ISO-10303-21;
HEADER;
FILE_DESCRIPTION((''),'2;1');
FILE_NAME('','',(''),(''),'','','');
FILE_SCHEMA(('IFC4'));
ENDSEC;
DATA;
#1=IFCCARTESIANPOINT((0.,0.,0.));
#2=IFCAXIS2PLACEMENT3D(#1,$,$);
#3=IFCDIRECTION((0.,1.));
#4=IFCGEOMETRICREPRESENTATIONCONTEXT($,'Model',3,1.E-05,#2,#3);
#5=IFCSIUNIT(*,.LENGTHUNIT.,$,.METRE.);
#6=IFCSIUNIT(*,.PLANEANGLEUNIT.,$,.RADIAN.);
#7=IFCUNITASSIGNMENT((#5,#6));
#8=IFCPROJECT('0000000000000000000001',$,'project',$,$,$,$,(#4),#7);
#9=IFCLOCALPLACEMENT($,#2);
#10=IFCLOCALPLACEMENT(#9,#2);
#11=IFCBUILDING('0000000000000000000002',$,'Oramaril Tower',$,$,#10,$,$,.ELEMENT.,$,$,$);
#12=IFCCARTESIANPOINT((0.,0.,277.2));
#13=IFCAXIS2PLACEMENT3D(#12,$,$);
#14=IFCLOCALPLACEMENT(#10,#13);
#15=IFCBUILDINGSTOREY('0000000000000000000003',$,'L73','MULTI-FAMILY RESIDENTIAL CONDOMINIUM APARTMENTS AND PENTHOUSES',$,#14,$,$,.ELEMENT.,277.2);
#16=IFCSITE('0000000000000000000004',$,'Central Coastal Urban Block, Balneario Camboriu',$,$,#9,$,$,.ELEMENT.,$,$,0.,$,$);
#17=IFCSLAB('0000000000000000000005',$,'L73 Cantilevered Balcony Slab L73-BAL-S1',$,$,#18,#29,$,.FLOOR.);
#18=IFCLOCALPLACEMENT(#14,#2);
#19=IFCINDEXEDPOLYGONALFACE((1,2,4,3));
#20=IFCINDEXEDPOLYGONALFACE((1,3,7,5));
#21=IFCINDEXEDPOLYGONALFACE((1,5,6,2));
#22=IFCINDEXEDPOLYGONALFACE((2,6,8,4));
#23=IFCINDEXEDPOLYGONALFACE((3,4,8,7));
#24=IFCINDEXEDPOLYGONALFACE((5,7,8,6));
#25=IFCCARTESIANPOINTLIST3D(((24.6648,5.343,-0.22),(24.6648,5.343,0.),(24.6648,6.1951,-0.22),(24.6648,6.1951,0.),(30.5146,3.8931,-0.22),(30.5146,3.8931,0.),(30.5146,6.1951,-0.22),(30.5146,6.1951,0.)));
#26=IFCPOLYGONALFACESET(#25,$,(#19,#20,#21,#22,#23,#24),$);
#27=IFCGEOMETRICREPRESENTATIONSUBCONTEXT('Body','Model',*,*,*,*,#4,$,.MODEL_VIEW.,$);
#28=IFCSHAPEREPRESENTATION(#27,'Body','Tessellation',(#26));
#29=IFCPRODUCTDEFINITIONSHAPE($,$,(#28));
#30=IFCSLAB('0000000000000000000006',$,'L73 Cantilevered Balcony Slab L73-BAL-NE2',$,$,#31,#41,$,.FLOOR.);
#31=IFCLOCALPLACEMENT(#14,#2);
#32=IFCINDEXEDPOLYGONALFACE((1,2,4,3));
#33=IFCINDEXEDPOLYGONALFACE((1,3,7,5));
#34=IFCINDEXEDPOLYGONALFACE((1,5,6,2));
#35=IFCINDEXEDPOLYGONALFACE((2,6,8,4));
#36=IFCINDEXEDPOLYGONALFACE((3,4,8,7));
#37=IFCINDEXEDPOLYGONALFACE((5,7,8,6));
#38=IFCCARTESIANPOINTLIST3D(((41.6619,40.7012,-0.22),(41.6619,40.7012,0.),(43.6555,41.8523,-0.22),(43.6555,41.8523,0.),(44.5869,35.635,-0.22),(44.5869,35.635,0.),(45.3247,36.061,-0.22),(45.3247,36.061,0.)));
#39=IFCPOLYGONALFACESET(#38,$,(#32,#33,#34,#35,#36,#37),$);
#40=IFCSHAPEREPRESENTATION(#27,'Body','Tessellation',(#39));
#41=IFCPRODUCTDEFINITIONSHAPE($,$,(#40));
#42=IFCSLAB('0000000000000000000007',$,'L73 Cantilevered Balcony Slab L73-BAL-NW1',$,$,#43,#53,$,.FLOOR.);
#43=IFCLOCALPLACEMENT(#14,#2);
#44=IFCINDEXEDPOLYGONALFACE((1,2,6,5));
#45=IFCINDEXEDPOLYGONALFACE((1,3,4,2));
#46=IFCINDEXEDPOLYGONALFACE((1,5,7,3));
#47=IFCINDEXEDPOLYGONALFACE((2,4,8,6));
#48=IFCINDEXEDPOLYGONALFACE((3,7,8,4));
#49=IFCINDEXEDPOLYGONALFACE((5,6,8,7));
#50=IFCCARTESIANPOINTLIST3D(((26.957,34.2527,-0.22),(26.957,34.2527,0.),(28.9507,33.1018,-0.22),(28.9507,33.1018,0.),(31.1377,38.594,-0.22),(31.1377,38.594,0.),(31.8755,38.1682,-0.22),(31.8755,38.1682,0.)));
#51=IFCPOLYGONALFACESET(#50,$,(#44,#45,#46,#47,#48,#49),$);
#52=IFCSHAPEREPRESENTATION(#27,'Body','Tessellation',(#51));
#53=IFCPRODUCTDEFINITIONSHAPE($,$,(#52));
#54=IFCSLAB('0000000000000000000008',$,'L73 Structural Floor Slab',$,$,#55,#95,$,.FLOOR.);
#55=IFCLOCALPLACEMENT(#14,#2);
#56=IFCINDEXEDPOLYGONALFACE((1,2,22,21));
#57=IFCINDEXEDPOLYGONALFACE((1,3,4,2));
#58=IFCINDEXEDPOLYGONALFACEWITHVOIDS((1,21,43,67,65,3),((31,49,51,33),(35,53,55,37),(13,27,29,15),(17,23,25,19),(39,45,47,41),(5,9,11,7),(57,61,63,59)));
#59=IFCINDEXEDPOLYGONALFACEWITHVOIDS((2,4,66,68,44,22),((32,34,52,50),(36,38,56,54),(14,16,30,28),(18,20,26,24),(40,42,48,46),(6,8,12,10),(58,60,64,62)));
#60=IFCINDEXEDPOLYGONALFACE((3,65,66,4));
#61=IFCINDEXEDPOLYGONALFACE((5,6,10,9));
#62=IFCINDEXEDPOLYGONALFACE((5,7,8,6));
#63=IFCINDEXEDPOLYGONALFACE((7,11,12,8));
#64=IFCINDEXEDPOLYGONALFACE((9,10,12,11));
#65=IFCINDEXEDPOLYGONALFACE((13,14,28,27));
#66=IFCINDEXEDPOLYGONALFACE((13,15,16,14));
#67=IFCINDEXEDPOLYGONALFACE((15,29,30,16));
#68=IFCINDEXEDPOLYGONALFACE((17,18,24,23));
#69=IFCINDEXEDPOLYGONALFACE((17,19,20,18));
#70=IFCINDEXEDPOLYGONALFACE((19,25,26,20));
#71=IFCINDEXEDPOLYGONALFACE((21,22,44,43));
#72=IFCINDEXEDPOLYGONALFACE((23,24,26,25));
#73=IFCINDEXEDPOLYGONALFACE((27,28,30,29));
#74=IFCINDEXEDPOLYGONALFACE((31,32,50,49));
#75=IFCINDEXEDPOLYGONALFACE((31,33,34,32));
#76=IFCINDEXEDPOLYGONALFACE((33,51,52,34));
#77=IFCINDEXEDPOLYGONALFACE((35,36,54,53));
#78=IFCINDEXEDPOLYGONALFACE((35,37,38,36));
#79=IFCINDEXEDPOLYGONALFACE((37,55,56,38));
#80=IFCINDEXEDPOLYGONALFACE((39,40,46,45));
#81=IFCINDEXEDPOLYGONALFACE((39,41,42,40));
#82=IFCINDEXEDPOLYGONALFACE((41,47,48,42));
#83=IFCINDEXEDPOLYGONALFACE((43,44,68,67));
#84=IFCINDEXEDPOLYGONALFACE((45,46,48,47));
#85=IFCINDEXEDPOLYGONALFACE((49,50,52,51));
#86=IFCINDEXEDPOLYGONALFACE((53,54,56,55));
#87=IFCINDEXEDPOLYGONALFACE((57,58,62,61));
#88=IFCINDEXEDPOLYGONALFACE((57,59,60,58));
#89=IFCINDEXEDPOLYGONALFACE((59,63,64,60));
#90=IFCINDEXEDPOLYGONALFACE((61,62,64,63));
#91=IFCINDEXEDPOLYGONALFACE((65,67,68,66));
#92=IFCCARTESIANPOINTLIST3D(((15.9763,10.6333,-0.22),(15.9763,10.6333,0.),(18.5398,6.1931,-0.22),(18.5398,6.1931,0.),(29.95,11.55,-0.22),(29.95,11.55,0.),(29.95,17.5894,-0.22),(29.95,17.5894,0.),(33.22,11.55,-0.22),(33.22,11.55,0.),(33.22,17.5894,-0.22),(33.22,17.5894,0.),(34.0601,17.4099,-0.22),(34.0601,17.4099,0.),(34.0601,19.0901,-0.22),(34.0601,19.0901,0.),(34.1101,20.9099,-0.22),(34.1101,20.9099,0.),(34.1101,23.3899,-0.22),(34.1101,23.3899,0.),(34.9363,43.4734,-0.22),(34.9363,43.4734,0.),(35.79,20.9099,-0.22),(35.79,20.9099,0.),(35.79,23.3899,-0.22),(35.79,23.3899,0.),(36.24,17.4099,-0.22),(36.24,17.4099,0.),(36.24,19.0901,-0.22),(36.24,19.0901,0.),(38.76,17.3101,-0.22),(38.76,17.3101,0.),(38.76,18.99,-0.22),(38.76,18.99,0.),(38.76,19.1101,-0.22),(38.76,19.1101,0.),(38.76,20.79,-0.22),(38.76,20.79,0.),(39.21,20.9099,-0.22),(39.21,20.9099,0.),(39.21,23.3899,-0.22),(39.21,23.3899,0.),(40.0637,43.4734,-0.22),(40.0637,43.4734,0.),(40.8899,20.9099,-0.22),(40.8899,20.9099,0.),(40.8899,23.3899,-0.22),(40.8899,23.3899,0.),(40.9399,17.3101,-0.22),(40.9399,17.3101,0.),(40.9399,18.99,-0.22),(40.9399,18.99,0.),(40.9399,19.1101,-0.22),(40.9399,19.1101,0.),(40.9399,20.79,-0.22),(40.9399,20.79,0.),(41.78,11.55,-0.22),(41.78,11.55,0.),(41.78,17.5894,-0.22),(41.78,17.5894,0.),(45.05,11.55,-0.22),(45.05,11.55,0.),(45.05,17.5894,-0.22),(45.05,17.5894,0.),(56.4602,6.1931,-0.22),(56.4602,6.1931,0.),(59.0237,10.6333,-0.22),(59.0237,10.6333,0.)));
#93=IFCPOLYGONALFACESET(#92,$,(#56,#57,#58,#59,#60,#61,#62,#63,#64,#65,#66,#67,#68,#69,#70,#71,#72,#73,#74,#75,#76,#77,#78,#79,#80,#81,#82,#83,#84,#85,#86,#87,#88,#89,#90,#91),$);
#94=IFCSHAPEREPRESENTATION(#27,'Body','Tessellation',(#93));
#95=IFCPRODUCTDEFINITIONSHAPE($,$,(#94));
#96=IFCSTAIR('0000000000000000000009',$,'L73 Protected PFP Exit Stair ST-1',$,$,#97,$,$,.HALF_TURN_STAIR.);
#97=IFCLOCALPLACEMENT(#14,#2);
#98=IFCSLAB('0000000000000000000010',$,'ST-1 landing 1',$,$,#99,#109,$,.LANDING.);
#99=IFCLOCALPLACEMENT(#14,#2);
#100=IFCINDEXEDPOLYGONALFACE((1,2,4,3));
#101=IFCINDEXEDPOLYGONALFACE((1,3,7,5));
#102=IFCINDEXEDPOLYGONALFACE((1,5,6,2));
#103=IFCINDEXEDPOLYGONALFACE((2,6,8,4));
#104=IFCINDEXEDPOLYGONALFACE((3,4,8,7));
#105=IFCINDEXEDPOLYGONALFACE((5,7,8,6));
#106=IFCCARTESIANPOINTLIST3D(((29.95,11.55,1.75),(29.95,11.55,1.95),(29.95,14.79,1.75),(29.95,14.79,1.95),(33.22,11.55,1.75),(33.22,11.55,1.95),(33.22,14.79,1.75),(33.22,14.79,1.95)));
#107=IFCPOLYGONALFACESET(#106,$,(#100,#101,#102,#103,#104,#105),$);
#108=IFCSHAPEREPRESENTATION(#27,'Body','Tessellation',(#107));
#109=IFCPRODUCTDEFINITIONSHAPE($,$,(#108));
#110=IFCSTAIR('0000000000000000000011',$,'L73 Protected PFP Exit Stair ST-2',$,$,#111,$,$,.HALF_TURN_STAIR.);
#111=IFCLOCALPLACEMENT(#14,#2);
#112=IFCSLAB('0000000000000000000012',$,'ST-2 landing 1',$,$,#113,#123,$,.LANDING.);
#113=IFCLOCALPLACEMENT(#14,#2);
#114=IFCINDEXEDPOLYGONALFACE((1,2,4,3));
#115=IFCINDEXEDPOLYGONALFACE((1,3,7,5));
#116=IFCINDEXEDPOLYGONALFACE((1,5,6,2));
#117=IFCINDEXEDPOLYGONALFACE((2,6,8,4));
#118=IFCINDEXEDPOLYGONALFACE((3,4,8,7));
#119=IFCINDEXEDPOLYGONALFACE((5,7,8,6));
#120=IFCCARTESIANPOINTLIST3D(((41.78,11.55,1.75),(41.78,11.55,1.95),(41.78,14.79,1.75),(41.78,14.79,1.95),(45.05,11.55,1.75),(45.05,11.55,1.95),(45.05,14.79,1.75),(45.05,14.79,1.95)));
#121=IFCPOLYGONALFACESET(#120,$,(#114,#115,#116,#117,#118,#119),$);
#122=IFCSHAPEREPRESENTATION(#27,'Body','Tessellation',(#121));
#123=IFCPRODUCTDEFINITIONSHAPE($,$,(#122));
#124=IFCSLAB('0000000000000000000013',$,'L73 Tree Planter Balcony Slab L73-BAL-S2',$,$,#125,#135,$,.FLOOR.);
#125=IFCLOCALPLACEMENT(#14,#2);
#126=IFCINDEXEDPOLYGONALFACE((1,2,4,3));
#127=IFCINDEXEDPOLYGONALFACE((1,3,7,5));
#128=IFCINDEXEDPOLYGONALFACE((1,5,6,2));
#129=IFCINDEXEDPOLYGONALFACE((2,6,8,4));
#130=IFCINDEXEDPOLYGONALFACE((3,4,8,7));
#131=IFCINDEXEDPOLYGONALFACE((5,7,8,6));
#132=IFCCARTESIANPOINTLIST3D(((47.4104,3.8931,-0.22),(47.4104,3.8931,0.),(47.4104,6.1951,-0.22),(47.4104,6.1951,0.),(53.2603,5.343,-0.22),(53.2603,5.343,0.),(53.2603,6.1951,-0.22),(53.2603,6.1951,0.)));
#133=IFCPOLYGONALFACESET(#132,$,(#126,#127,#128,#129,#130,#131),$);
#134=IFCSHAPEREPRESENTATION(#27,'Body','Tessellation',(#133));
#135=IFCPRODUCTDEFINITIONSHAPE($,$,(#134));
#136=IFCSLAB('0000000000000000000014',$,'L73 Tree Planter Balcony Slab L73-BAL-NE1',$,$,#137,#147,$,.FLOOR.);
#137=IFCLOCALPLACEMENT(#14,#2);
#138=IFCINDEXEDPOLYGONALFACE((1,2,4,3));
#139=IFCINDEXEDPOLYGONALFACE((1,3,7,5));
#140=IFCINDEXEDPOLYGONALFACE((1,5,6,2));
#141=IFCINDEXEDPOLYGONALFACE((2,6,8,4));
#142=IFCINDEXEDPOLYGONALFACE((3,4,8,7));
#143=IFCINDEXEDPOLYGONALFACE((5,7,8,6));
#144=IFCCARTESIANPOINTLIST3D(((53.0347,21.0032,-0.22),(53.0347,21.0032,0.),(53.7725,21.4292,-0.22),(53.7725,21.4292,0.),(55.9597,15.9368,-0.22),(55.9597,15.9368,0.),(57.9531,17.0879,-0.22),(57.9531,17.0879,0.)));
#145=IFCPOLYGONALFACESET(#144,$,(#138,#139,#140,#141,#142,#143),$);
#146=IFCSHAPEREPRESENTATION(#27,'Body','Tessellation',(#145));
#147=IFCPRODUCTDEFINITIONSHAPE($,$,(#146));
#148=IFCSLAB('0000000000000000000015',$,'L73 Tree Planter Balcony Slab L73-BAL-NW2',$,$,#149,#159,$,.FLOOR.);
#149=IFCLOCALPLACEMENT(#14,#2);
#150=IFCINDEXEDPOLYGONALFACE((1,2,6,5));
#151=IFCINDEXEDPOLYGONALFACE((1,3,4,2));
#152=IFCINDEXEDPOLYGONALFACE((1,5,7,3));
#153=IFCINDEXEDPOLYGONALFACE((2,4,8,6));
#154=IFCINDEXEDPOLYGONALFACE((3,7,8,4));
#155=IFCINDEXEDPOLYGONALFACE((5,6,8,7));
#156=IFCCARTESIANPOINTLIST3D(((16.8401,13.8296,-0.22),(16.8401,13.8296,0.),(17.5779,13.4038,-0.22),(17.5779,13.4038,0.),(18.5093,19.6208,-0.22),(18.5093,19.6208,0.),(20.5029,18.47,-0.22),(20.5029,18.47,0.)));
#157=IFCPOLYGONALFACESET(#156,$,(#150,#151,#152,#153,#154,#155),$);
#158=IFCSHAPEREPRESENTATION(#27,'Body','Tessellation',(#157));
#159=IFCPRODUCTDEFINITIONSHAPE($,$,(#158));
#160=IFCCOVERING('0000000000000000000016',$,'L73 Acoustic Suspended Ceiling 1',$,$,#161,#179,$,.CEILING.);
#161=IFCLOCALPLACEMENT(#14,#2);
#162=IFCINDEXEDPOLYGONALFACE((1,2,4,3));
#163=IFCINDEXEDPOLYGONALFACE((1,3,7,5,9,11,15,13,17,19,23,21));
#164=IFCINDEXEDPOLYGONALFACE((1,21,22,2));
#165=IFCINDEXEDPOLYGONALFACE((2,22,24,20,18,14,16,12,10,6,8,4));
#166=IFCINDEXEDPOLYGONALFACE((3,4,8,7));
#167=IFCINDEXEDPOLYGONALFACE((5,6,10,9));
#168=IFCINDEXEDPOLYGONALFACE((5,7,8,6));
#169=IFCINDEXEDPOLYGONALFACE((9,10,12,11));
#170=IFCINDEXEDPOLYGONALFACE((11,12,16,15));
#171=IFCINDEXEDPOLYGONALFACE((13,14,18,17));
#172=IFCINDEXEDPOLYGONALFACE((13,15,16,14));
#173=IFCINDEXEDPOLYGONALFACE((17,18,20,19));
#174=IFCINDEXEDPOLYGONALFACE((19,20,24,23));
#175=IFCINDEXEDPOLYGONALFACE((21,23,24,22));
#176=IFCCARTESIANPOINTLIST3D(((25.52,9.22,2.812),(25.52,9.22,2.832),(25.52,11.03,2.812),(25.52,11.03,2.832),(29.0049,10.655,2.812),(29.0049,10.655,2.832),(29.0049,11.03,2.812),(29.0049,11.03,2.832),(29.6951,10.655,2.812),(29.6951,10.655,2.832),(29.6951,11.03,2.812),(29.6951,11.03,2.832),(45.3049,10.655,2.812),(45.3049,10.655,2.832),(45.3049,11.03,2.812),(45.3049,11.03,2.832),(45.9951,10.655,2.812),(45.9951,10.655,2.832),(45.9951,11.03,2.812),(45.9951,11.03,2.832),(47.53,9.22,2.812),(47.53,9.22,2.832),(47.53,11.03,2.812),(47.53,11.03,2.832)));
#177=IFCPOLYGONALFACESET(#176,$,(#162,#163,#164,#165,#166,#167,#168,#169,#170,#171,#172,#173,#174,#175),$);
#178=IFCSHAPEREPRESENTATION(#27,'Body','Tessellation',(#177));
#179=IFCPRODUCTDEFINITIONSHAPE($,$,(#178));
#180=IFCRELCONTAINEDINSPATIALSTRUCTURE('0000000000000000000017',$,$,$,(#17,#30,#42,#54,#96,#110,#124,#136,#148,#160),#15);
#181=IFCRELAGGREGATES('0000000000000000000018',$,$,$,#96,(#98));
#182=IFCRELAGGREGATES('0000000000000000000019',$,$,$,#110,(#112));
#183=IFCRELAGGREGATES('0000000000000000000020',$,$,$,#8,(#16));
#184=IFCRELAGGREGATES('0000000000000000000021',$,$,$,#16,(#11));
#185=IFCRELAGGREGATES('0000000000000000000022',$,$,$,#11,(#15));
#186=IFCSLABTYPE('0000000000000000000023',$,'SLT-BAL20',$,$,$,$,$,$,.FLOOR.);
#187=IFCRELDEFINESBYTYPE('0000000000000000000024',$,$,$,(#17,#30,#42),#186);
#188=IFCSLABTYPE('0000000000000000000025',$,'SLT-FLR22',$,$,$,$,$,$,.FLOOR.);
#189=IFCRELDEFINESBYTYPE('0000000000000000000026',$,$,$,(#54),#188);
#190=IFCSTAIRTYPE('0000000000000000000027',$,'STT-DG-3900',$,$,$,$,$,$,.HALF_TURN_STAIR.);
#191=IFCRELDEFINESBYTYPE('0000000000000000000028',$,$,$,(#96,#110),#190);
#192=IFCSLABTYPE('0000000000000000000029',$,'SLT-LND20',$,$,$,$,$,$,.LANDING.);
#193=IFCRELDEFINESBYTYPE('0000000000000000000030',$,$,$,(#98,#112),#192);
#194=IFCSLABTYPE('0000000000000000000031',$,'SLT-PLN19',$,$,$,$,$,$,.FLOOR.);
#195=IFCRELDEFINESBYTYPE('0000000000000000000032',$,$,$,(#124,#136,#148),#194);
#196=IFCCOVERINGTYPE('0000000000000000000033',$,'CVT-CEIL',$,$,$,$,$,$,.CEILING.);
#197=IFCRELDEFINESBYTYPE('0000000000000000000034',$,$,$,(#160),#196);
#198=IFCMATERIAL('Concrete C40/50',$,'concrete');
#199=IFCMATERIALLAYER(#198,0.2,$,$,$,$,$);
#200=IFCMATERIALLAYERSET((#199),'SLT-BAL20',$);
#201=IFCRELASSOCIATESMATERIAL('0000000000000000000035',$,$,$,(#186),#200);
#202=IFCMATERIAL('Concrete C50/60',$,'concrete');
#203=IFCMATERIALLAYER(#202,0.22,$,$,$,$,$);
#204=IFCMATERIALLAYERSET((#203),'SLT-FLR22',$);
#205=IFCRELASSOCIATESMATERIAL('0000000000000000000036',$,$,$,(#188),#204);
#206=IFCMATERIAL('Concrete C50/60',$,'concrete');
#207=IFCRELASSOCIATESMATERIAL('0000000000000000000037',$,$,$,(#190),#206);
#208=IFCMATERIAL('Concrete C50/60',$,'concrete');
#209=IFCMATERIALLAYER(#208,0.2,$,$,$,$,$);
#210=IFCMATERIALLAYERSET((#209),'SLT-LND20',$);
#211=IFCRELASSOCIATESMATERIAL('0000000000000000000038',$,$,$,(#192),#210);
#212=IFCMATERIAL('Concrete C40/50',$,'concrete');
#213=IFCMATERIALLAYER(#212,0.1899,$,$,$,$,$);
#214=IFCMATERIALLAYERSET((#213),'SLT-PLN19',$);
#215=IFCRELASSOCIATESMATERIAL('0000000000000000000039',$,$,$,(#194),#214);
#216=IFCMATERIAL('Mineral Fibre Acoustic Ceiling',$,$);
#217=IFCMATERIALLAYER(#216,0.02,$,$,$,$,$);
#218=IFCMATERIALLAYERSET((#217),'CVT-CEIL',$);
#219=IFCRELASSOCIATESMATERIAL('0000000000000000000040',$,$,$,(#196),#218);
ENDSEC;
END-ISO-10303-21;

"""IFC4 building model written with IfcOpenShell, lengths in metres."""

from ifc_helpers import new_model, si_unit, direction, frame, origin, place, context, subcontext, project, spatial, polyline, outline, extrude, material, layer, layer_set, type_object, element, aggregate, save


model = new_model("IFC4")

# Units and contexts
model_context = context("Model", 3, precision=1e-05, world=origin(), true_north=direction((0.0, 1.0)))
body_context = subcontext(model_context, "Body", "Model", "MODEL_VIEW")
ifc_project = project(units=[si_unit("LENGTHUNIT", "METRE"), si_unit("PLANEANGLEUNIT", "RADIAN")], contexts=[model_context])

# Site, building, storey
site_placement = place(None, origin())
site = spatial("IfcSite", under=ifc_project, at=site_placement, Name="Central Coastal Urban Block, Balneario Camboriu", CompositionType="ELEMENT", RefElevation=0.0)
building_placement = place(site_placement, origin())
building = spatial("IfcBuilding", under=site, at=building_placement, Name="Oramaril Tower", CompositionType="ELEMENT")
storey_placement = place(building_placement, frame((0.0, 0.0, 277.2)))
storey = spatial("IfcBuildingStorey", under=building, at=storey_placement, Name="L73", Description="MULTI-FAMILY RESIDENTIAL CONDOMINIUM APARTMENTS AND PENTHOUSES", CompositionType="ELEMENT", Elevation=277.2)

# Slabs
ifc_material_1 = material(Name="Concrete C40/50", Category="concrete")
ifc_layer_1 = layer(ifc_material_1, 0.2)
ifc_layer_set_1 = layer_set([ifc_layer_1], Name="SLT-BAL20")
slab_type_1 = type_object("IfcSlabType", Name="SLT-BAL20", PredefinedType="FLOOR", material=ifc_layer_set_1)
slab_1_placement = place(storey_placement, frame((0.0, 0.0, -0.22)))
element("IfcSlab", 1, at=slab_1_placement, inside=storey, type_object=slab_type_1, Name="L73 Cantilevered Balcony Slab L73-BAL-S1", PredefinedType="FLOOR", context=body_context, shape_type="SweptSolid", body=[
    extrude(outline(polyline([(24.6648, 6.1951), (30.5146, 6.1951), (30.5146, 3.8931), (24.6648, 5.343), (24.6648, 6.1951)])), origin(), (0.0, 0.0, 1.0), 0.22),
])
slab_2_placement = place(storey_placement, frame((0.0, 0.0, -0.22)))
element("IfcSlab", 2, at=slab_2_placement, inside=storey, type_object=slab_type_1, Name="L73 Cantilevered Balcony Slab L73-BAL-NE2", PredefinedType="FLOOR", context=body_context, shape_type="SweptSolid", body=[
    extrude(outline(polyline([(44.5869, 35.635), (41.6619, 40.7012), (43.6555, 41.8523), (45.3247, 36.061), (44.5869, 35.635)])), origin(), (0.0, 0.0, 1.0), 0.22),
])
slab_3_placement = place(storey_placement, frame((0.0, 0.0, -0.22)))
element("IfcSlab", 3, at=slab_3_placement, inside=storey, type_object=slab_type_1, Name="L73 Cantilevered Balcony Slab L73-BAL-NW1", PredefinedType="FLOOR", context=body_context, shape_type="SweptSolid", body=[
    extrude(outline(polyline([(31.8755, 38.1682), (28.9507, 33.1018), (26.957, 34.2527), (31.1377, 38.594), (31.8755, 38.1682)])), origin(), (0.0, 0.0, 1.0), 0.22),
])
ifc_material_2 = material(Name="Concrete C50/60", Category="concrete")
ifc_layer_2 = layer(ifc_material_2, 0.22)
ifc_layer_set_2 = layer_set([ifc_layer_2], Name="SLT-FLR22")
slab_type_2 = type_object("IfcSlabType", Name="SLT-FLR22", PredefinedType="FLOOR", material=ifc_layer_set_2)
slab_4_placement = place(storey_placement, frame((0.0, 0.0, -0.22)))
element("IfcSlab", 4, at=slab_4_placement, inside=storey, type_object=slab_type_2, Name="L73 Structural Floor Slab", PredefinedType="FLOOR", context=body_context, shape_type="SweptSolid", body=[
    extrude(outline(polyline([(15.9763, 10.6333), (18.5398, 6.1931), (56.4602, 6.1931), (59.0237, 10.6333), (40.0637, 43.4734), (34.9363, 43.4734), (15.9763, 10.6333)]), holes=[polyline([(29.95, 17.5894), (29.95, 11.55), (33.22, 11.55), (33.22, 17.5894), (29.95, 17.5894)]), polyline([(41.78, 17.5894), (41.78, 11.55), (45.05, 11.55), (45.05, 17.5894), (41.78, 17.5894)]), polyline([(34.1101, 20.9099), (35.79, 20.9099), (35.79, 23.3899), (34.1101, 23.3899), (34.1101, 20.9099)]), polyline([(39.21, 20.9099), (40.8899, 20.9099), (40.8899, 23.3899), (39.21, 23.3899), (39.21, 20.9099)]), polyline([(34.0601, 17.4099), (36.24, 17.4099), (36.24, 19.0901), (34.0601, 19.0901), (34.0601, 17.4099)]), polyline([(38.76, 17.3101), (40.9399, 17.3101), (40.9399, 18.99), (38.76, 18.99), (38.76, 17.3101)]), polyline([(38.76, 19.1101), (40.9399, 19.1101), (40.9399, 20.79), (38.76, 20.79), (38.76, 19.1101)])]), origin(), (0.0, 0.0, 1.0), 0.22),
])

# Stairs, slabs
ifc_material_3 = material(Name="Concrete C50/60", Category="concrete")
stair_type = type_object("IfcStairType", Name="STT-DG-3900", PredefinedType="HALF_TURN_STAIR", material=ifc_material_3)
stair_1_placement = place(storey_placement, origin())
stair_1 = element("IfcStair", 5, at=stair_1_placement, inside=storey, type_object=stair_type, Name="L73 Protected PFP Exit Stair ST-1", PredefinedType="HALF_TURN_STAIR")
ifc_material_4 = material(Name="Concrete C50/60", Category="concrete")
ifc_layer_3 = layer(ifc_material_4, 0.2)
ifc_layer_set_3 = layer_set([ifc_layer_3], Name="SLT-LND20")
slab_type_3 = type_object("IfcSlabType", Name="SLT-LND20", PredefinedType="LANDING", material=ifc_layer_set_3)
slab_5_placement = place(storey_placement, frame((0.0, 0.0, 1.75)))
slab_5 = element("IfcSlab", 6, at=slab_5_placement, type_object=slab_type_3, Name="ST-1 landing 1", PredefinedType="LANDING", context=body_context, shape_type="SweptSolid", body=[
    extrude(outline(polyline([(29.95, 14.79), (29.95, 11.55), (33.22, 11.55), (33.22, 14.79), (29.95, 14.79)])), origin(), (0.0, 0.0, 1.0), 0.2),
])
aggregate(stair_1, [slab_5])
stair_2_placement = place(storey_placement, origin())
stair_2 = element("IfcStair", 7, at=stair_2_placement, inside=storey, type_object=stair_type, Name="L73 Protected PFP Exit Stair ST-2", PredefinedType="HALF_TURN_STAIR")
slab_6_placement = place(storey_placement, frame((0.0, 0.0, 1.75)))
slab_6 = element("IfcSlab", 8, at=slab_6_placement, type_object=slab_type_3, Name="ST-2 landing 1", PredefinedType="LANDING", context=body_context, shape_type="SweptSolid", body=[
    extrude(outline(polyline([(41.78, 14.79), (41.78, 11.55), (45.05, 11.55), (45.05, 14.79), (41.78, 14.79)])), origin(), (0.0, 0.0, 1.0), 0.2),
])
aggregate(stair_2, [slab_6])

# Slabs
ifc_material_5 = material(Name="Concrete C40/50", Category="concrete")
ifc_layer_4 = layer(ifc_material_5, 0.1899)
ifc_layer_set_4 = layer_set([ifc_layer_4], Name="SLT-PLN19")
slab_type_4 = type_object("IfcSlabType", Name="SLT-PLN19", PredefinedType="FLOOR", material=ifc_layer_set_4)
slab_7_placement = place(storey_placement, frame((0.0, 0.0, -0.22)))
element("IfcSlab", 9, at=slab_7_placement, inside=storey, type_object=slab_type_4, Name="L73 Tree Planter Balcony Slab L73-BAL-S2", PredefinedType="FLOOR", context=body_context, shape_type="SweptSolid", body=[
    extrude(outline(polyline([(47.4104, 6.1951), (53.2603, 6.1951), (53.2603, 5.343), (47.4104, 3.8931), (47.4104, 6.1951)])), origin(), (0.0, 0.0, 1.0), 0.22),
])
slab_8_placement = place(storey_placement, frame((0.0, 0.0, -0.22)))
element("IfcSlab", 10, at=slab_8_placement, inside=storey, type_object=slab_type_4, Name="L73 Tree Planter Balcony Slab L73-BAL-NE1", PredefinedType="FLOOR", context=body_context, shape_type="SweptSolid", body=[
    extrude(outline(polyline([(55.9597, 15.9368), (53.0347, 21.0032), (53.7725, 21.4292), (57.9531, 17.0879), (55.9597, 15.9368)])), origin(), (0.0, 0.0, 1.0), 0.22),
])
slab_9_placement = place(storey_placement, frame((0.0, 0.0, -0.22)))
element("IfcSlab", 11, at=slab_9_placement, inside=storey, type_object=slab_type_4, Name="L73 Tree Planter Balcony Slab L73-BAL-NW2", PredefinedType="FLOOR", context=body_context, shape_type="SweptSolid", body=[
    extrude(outline(polyline([(20.5029, 18.47), (17.5779, 13.4038), (16.8401, 13.8296), (18.5093, 19.6208), (20.5029, 18.47)])), origin(), (0.0, 0.0, 1.0), 0.22),
])

# Covering
ifc_material_6 = material(Name="Mineral Fibre Acoustic Ceiling")
ifc_layer_5 = layer(ifc_material_6, 0.02)
ifc_layer_set_5 = layer_set([ifc_layer_5], Name="CVT-CEIL")
covering_type_1 = type_object("IfcCoveringType", Name="CVT-CEIL", PredefinedType="CEILING", material=ifc_layer_set_5)
covering_1_placement = place(storey_placement, frame((0.0, 0.0, 2.812)))
element("IfcCovering", 12, at=covering_1_placement, inside=storey, type_object=covering_type_1, Name="L73 Acoustic Suspended Ceiling 1", PredefinedType="CEILING", context=body_context, shape_type="SweptSolid", body=[
    extrude(outline(polyline([(29.0049, 10.655), (29.6951, 10.655), (29.6951, 11.03), (45.3049, 11.03), (45.3049, 10.655), (45.9951, 10.655), (45.9951, 11.03), (47.53, 11.03), (47.53, 9.22), (25.52, 9.22), (25.52, 11.03), (29.0049, 11.03), (29.0049, 10.655)])), origin(), (0.0, 0.0, 1.0), 0.02),
])

save(model, "model.ifc")
